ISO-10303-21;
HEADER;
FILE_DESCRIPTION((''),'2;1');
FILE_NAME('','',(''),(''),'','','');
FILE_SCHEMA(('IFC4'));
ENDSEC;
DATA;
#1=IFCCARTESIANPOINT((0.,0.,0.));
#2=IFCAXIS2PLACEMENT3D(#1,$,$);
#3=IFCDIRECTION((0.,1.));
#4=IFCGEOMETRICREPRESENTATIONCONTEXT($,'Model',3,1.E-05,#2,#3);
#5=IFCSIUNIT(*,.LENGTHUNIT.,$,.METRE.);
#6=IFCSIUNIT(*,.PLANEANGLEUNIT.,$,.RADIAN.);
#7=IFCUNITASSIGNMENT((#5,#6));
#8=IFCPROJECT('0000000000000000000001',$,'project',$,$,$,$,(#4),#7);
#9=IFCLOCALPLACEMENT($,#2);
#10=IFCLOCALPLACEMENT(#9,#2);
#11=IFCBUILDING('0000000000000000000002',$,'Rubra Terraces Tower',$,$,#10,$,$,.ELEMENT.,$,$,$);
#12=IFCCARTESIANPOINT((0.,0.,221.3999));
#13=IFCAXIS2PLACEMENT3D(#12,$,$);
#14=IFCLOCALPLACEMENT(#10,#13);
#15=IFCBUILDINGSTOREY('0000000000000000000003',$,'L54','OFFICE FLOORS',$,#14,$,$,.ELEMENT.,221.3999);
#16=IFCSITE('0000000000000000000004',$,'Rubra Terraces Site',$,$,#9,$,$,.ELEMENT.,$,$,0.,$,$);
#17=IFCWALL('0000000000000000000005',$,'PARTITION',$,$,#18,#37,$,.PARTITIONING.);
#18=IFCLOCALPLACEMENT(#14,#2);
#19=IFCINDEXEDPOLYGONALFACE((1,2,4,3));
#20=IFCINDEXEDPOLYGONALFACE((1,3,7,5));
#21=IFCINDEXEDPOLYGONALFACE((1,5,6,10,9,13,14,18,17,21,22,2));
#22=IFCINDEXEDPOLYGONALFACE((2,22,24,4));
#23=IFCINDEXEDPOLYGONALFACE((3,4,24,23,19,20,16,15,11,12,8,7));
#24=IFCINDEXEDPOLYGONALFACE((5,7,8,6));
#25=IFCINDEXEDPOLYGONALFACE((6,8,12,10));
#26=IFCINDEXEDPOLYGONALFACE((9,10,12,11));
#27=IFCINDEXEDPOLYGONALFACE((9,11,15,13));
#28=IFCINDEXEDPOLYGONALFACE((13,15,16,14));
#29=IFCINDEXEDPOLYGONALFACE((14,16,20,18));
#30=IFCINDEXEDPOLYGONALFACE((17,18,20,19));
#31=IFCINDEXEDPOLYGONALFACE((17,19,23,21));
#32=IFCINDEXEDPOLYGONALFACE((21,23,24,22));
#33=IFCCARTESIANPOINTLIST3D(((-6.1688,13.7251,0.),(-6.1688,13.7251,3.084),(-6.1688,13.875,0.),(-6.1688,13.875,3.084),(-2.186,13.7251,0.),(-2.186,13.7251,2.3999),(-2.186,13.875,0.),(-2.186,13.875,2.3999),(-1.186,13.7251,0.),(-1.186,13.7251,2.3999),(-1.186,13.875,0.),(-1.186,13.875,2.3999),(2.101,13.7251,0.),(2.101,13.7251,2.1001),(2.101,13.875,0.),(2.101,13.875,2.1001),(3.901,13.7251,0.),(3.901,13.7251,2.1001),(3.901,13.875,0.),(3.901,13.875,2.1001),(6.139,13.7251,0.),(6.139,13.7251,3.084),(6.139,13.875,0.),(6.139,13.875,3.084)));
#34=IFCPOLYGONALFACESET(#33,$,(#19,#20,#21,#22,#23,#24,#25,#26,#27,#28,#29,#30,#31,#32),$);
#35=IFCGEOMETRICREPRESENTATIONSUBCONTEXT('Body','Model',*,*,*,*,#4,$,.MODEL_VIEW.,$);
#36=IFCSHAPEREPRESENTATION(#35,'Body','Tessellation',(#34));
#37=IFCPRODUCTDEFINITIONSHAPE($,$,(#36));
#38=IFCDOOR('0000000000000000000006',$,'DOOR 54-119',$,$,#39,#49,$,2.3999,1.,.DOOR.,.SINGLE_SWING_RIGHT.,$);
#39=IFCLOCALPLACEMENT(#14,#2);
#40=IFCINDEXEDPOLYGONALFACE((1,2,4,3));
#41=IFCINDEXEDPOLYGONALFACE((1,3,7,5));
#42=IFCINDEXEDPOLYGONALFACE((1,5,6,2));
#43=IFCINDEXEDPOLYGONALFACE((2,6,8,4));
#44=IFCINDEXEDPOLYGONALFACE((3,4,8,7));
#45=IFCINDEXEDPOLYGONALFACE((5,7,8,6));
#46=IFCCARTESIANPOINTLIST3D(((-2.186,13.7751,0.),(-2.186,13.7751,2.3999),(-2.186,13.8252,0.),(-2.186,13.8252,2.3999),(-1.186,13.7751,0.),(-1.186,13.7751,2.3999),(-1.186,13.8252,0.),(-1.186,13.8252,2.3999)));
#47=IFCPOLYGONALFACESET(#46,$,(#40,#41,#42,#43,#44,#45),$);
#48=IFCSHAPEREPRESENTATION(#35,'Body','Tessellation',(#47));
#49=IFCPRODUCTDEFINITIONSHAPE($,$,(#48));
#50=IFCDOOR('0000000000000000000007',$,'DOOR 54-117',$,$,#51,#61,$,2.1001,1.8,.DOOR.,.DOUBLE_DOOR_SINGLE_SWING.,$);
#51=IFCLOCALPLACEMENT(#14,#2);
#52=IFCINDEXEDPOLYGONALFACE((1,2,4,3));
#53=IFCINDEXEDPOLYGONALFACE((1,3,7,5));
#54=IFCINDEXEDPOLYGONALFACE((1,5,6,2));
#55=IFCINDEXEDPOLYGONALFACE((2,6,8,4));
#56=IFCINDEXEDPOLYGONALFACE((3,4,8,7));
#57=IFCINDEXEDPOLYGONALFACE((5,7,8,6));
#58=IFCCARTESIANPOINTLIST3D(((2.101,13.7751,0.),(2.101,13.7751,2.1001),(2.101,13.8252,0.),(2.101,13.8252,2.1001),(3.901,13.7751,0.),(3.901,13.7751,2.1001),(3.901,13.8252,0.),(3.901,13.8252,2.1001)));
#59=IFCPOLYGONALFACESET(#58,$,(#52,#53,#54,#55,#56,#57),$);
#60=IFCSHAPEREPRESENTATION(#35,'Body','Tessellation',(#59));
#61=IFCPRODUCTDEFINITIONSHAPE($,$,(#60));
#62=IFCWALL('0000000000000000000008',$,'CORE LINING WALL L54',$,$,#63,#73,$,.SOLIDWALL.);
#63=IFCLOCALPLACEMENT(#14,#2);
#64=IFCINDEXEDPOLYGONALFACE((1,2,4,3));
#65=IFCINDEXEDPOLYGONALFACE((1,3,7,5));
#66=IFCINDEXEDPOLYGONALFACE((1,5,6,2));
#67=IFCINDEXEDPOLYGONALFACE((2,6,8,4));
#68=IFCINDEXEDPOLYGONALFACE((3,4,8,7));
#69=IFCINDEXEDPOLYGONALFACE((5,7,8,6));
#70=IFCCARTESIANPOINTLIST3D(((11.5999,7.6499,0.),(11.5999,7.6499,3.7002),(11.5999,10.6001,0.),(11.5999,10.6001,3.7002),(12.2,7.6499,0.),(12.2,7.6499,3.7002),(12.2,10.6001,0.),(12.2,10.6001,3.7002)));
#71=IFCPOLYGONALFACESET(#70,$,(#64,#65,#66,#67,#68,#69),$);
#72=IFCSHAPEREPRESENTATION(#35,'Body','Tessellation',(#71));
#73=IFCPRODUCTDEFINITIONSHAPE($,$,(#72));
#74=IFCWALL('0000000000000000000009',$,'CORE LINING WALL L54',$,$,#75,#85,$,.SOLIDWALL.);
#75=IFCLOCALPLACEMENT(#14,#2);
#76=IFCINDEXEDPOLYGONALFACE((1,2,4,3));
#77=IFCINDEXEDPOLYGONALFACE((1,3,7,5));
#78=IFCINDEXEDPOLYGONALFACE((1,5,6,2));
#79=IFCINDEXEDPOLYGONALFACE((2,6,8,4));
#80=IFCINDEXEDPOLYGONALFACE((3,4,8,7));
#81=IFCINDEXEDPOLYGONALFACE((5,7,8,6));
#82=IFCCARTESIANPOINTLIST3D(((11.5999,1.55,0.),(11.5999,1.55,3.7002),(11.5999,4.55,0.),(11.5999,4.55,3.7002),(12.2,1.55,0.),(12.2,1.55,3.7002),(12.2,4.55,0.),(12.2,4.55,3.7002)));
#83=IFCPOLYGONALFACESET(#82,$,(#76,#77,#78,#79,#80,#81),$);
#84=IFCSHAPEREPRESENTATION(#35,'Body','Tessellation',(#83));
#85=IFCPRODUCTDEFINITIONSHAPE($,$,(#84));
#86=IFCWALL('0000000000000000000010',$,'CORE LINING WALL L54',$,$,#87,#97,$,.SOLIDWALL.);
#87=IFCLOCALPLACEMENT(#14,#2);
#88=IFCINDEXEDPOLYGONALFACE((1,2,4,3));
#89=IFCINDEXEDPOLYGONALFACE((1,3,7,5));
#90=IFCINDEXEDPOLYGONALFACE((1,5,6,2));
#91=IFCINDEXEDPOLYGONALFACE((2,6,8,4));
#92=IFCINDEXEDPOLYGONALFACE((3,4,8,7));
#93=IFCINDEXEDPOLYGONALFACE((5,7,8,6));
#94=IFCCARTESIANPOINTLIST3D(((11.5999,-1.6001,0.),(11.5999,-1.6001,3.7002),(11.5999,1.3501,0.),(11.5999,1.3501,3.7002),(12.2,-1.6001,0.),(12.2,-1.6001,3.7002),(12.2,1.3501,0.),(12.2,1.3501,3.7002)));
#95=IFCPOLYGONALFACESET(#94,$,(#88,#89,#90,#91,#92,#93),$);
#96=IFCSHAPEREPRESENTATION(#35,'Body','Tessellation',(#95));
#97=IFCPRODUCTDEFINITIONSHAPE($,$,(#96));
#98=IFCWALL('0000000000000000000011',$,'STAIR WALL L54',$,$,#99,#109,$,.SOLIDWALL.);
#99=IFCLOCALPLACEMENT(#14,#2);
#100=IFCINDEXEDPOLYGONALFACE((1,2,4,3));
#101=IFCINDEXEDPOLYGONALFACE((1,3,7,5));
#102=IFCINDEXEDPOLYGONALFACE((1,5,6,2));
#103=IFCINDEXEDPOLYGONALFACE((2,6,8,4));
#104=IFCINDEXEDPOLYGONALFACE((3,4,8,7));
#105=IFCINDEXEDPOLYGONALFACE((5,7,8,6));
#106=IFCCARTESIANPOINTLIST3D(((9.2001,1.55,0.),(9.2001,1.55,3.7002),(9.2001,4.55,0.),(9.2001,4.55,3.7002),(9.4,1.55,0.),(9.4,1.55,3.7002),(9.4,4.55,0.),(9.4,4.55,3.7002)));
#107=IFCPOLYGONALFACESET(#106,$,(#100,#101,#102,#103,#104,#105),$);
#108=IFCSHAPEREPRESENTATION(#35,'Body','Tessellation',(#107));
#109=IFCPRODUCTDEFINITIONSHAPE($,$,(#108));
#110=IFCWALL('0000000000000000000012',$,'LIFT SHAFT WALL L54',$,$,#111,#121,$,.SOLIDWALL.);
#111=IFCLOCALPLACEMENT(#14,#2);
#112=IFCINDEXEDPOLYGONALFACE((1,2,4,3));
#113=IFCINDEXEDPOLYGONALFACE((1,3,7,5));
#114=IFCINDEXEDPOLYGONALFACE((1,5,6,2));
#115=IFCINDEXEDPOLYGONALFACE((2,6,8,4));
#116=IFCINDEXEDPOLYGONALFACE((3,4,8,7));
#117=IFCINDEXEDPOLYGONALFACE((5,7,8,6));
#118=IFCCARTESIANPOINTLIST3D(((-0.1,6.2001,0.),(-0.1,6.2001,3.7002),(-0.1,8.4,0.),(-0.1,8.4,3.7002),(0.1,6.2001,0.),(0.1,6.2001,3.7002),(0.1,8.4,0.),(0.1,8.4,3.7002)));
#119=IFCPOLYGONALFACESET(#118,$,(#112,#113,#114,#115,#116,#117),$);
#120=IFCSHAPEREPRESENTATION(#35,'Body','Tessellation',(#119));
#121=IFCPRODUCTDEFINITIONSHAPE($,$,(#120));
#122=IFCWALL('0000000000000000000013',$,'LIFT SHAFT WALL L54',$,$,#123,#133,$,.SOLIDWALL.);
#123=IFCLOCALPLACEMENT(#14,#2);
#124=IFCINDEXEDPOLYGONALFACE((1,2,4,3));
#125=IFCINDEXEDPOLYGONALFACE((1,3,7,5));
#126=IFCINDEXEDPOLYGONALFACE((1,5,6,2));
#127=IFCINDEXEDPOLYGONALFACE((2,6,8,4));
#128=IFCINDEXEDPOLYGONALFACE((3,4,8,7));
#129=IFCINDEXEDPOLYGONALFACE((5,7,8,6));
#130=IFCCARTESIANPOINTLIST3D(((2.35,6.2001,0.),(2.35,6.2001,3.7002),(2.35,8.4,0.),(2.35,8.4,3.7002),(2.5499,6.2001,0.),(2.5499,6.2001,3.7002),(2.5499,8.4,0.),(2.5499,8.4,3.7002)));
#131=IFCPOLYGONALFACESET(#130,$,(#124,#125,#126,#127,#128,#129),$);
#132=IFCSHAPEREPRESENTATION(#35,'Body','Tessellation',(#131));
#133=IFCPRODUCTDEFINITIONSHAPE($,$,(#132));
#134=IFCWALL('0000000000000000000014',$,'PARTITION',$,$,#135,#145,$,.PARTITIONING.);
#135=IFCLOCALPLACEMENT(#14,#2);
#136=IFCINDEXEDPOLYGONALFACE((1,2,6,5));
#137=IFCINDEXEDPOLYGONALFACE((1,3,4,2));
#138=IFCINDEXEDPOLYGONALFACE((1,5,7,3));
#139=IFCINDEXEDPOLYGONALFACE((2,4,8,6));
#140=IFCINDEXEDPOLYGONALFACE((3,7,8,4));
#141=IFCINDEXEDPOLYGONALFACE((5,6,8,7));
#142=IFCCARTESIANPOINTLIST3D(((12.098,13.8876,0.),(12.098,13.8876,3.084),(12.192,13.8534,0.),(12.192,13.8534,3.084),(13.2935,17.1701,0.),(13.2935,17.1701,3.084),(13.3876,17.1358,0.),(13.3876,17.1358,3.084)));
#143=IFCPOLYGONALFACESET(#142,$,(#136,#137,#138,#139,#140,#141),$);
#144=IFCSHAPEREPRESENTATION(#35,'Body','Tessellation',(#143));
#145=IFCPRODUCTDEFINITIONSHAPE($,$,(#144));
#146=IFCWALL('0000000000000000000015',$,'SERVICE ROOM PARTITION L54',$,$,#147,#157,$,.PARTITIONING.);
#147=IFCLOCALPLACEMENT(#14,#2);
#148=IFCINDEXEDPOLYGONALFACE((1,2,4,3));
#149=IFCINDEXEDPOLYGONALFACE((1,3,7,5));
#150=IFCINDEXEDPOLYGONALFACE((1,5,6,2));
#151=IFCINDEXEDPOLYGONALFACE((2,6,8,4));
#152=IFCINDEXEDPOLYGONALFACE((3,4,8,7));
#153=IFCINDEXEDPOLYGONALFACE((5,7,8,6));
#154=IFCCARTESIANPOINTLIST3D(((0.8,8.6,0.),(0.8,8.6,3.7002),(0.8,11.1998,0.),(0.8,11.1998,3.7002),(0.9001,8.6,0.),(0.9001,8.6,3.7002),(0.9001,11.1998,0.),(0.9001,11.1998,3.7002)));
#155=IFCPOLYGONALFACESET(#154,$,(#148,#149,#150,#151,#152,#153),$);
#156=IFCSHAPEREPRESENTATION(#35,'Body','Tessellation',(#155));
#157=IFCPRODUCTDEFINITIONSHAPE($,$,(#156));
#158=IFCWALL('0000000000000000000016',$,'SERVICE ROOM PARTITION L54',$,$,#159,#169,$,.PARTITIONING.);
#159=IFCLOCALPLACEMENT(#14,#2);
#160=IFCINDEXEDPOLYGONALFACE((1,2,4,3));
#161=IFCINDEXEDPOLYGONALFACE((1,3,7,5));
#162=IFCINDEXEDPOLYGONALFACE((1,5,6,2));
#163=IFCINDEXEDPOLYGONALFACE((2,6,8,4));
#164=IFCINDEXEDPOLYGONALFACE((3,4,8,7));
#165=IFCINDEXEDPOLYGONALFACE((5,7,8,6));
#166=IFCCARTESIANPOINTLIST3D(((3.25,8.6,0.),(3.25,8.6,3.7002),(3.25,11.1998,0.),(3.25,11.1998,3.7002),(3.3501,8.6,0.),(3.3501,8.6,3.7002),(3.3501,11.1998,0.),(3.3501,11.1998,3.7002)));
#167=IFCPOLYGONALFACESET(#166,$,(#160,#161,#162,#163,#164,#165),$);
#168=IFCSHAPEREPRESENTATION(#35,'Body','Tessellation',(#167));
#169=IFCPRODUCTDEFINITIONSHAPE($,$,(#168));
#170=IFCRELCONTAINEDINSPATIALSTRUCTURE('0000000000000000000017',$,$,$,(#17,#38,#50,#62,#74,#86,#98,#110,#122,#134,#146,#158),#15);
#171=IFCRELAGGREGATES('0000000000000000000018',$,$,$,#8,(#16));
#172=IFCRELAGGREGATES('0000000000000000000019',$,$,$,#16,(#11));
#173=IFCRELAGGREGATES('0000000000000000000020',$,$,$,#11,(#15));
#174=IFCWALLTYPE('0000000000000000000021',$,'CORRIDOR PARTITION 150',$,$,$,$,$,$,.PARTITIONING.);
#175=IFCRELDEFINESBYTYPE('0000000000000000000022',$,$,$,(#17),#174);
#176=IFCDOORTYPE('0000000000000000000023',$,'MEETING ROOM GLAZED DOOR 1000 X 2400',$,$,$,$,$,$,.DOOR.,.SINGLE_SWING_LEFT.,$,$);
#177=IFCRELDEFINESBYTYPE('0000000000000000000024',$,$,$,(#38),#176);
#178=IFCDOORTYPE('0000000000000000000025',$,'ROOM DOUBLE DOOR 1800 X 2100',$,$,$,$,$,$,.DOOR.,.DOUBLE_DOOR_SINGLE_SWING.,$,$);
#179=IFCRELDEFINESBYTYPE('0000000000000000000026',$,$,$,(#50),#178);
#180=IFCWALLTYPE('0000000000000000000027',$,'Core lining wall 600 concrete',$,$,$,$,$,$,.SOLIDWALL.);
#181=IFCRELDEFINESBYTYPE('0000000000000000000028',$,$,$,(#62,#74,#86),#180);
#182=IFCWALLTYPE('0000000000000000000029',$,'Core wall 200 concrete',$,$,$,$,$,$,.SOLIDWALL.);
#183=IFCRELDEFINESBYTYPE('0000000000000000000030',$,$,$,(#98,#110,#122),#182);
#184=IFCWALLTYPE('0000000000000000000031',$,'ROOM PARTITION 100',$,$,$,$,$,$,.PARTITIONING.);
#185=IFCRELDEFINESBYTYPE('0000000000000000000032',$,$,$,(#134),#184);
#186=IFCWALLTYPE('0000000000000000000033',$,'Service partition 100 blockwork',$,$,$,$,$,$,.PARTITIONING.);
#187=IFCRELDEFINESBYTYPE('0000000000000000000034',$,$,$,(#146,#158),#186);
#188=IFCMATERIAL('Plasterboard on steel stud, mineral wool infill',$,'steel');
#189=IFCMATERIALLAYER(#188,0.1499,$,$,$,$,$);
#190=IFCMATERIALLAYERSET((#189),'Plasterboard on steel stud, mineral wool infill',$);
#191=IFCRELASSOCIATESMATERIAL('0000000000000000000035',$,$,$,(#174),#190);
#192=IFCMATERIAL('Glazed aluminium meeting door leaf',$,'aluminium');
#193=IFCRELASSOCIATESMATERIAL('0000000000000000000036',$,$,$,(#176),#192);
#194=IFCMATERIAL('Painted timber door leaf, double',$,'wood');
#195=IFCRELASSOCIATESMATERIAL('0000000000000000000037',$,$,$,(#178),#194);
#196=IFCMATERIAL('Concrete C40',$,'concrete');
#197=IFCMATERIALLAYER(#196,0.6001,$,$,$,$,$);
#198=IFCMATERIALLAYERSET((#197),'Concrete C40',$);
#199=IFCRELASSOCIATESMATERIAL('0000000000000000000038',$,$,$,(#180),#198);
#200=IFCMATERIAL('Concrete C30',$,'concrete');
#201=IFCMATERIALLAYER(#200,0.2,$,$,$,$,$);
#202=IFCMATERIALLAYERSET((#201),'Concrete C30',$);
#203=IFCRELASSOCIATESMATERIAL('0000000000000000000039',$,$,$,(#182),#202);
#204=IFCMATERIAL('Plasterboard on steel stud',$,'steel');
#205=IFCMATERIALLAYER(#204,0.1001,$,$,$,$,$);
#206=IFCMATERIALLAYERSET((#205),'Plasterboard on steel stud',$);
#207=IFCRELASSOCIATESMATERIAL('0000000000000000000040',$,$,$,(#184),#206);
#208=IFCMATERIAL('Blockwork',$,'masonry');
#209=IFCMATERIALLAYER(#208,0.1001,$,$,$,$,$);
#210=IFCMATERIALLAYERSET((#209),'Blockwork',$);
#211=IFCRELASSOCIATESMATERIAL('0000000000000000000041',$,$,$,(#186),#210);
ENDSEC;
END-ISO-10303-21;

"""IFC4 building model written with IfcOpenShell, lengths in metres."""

from ifc_helpers import new_model, si_unit, direction, frame, frame_2d, origin, place, context, subcontext, project, spatial, rectangle, extrude, material, layer, layer_set, type_object, element, fill, save


model = new_model("IFC4")

# Units and contexts
model_context = context("Model", 3, precision=1e-05, world=origin(), true_north=direction((0.0, 1.0)))
body_context = subcontext(model_context, "Body", "Model", "MODEL_VIEW")
ifc_project = project(units=[si_unit("LENGTHUNIT", "METRE"), si_unit("PLANEANGLEUNIT", "RADIAN")], contexts=[model_context])

# Site, building, storey
site_placement = place(None, origin())
site = spatial("IfcSite", under=ifc_project, at=site_placement, Name="Rubra Terraces Site", CompositionType="ELEMENT", RefElevation=0.0)
building_placement = place(site_placement, origin())
building = spatial("IfcBuilding", under=site, at=building_placement, Name="Rubra Terraces Tower", CompositionType="ELEMENT")
storey_placement = place(building_placement, frame((0.0, 0.0, 221.3999)))
storey = spatial("IfcBuildingStorey", under=building, at=storey_placement, Name="L54", Description="OFFICE FLOORS", CompositionType="ELEMENT", Elevation=221.3999)

# Wall, openings, doors
ifc_material_1 = material(Name="Plasterboard on steel stud, mineral wool infill", Category="steel")
ifc_layer_1 = layer(ifc_material_1, 0.1499)
ifc_layer_set_1 = layer_set([ifc_layer_1], Name="Plasterboard on steel stud, mineral wool infill")
wall_type_1 = type_object("IfcWallType", Name="CORRIDOR PARTITION 150", PredefinedType="PARTITIONING", material=ifc_layer_set_1)
wall_1_placement = place(storey_placement, frame((6.1389, 13.8, 0.0), z_axis=(0.0, 0.0, 1.0), x_axis=(-1.0, 0.0, 0.0)))
wall_1 = element("IfcWall", 1, at=wall_1_placement, inside=storey, type_object=wall_type_1, Name="PARTITION", PredefinedType="PARTITIONING", context=body_context, shape_type="SweptSolid", body=[
    extrude(rectangle(XDim=12.3079, YDim=0.1499, at=frame_2d((6.1538, 0.0))), origin(), (0.0, 0.0, 1.0), 3.084),
])
opening_1_placement = place(wall_1_placement, frame((2.238, 0.0, 0.0)))
opening_1 = element("IfcOpeningElement", 2, at=opening_1_placement, cuts=wall_1, PredefinedType="OPENING", context=body_context, shape_type="SweptSolid", body=[
    extrude(rectangle(XDim=1.8, YDim=2.1001, at=frame_2d((0.8999, 1.05))), frame((0.0, 0.085, 0.0), z_axis=(0.0, -1.0, 0.0), x_axis=(1.0, 0.0, 0.0)), (0.0, 0.0, 1.0), 0.1699),
])
opening_2_placement = place(wall_1_placement, frame((7.325, 0.0, 0.0)))
opening_2 = element("IfcOpeningElement", 3, at=opening_2_placement, cuts=wall_1, PredefinedType="OPENING", context=body_context, shape_type="SweptSolid", body=[
    extrude(rectangle(XDim=1.0, YDim=2.3999, at=frame_2d((0.5, 1.2))), frame((0.0, 0.085, 0.0), z_axis=(0.0, -1.0, 0.0), x_axis=(1.0, 0.0, 0.0)), (0.0, 0.0, 1.0), 0.1699),
])
ifc_material_2 = material(Name="Glazed aluminium meeting door leaf", Category="aluminium")
door_type_1 = type_object("IfcDoorType", Name="MEETING ROOM GLAZED DOOR 1000 X 2400", OperationType="SINGLE_SWING_LEFT", PredefinedType="DOOR", material=ifc_material_2)
door_1_placement = place(opening_2_placement, origin())
door_1 = element("IfcDoor", 4, at=door_1_placement, inside=storey, type_object=door_type_1, Name="DOOR 54-119", OperationType="SINGLE_SWING_RIGHT", OverallHeight=2.3999, OverallWidth=1.0, PredefinedType="DOOR", context=body_context, shape_type="SweptSolid", body=[
    extrude(rectangle(XDim=1.0, YDim=2.3999, at=frame_2d((0.5, 1.2))), frame((0.0, 0.0249, 0.0), z_axis=(0.0, -1.0, 0.0), x_axis=(1.0, 0.0, 0.0)), (0.0, 0.0, 1.0), 0.05),
])
fill(opening_2, door_1)
ifc_material_3 = material(Name="Painted timber door leaf, double", Category="wood")
door_type_2 = type_object("IfcDoorType", Name="ROOM DOUBLE DOOR 1800 X 2100", OperationType="DOUBLE_DOOR_SINGLE_SWING", PredefinedType="DOOR", material=ifc_material_3)
door_2_placement = place(opening_1_placement, origin())
door_2 = element("IfcDoor", 5, at=door_2_placement, inside=storey, type_object=door_type_2, Name="DOOR 54-117", OperationType="DOUBLE_DOOR_SINGLE_SWING", OverallHeight=2.1001, OverallWidth=1.8, PredefinedType="DOOR", context=body_context, shape_type="SweptSolid", body=[
    extrude(rectangle(XDim=1.8, YDim=2.1001, at=frame_2d((0.8999, 1.05))), frame((0.0, 0.0249, 0.0), z_axis=(0.0, -1.0, 0.0), x_axis=(1.0, 0.0, 0.0)), (0.0, 0.0, 1.0), 0.05),
])
fill(opening_1, door_2)

# Walls
ifc_material_4 = material(Name="Concrete C40", Category="concrete")
ifc_layer_2 = layer(ifc_material_4, 0.6001)
ifc_layer_set_2 = layer_set([ifc_layer_2], Name="Concrete C40")
wall_type_2 = type_object("IfcWallType", Name="Core lining wall 600 concrete", PredefinedType="SOLIDWALL", material=ifc_layer_set_2)
wall_2_placement = place(storey_placement, frame((11.8999, 10.6001, 0.0), z_axis=(0.0, 0.0, 1.0), x_axis=(0.0, -1.0, 0.0)))
element("IfcWall", 6, at=wall_2_placement, inside=storey, type_object=wall_type_2, Name="CORE LINING WALL L54", PredefinedType="SOLIDWALL", context=body_context, shape_type="SweptSolid", body=[
    extrude(rectangle(XDim=2.9502, YDim=0.6001, at=frame_2d((1.4751, 0.0))), origin(), (0.0, 0.0, 1.0), 3.7002),
])
wall_3_placement = place(storey_placement, frame((11.8999, 4.55, 0.0), z_axis=(0.0, 0.0, 1.0), x_axis=(0.0, -1.0, 0.0)))
element("IfcWall", 7, at=wall_3_placement, inside=storey, type_object=wall_type_2, Name="CORE LINING WALL L54", PredefinedType="SOLIDWALL", context=body_context, shape_type="SweptSolid", body=[
    extrude(rectangle(XDim=3.0, YDim=0.6001, at=frame_2d((1.5, 0.0))), origin(), (0.0, 0.0, 1.0), 3.7002),
])
wall_4_placement = place(storey_placement, frame((11.8999, 1.3501, 0.0), z_axis=(0.0, 0.0, 1.0), x_axis=(0.0, -1.0, 0.0)))
element("IfcWall", 8, at=wall_4_placement, inside=storey, type_object=wall_type_2, Name="CORE LINING WALL L54", PredefinedType="SOLIDWALL", context=body_context, shape_type="SweptSolid", body=[
    extrude(rectangle(XDim=2.9502, YDim=0.6001, at=frame_2d((1.4751, 0.0))), origin(), (0.0, 0.0, 1.0), 3.7002),
])
ifc_material_5 = material(Name="Concrete C30", Category="concrete")
ifc_layer_3 = layer(ifc_material_5, 0.2)
ifc_layer_set_3 = layer_set([ifc_layer_3], Name="Concrete C30")
wall_type_3 = type_object("IfcWallType", Name="Core wall 200 concrete", PredefinedType="SOLIDWALL", material=ifc_layer_set_3)
wall_5_placement = place(storey_placement, frame((9.3, 4.55, 0.0), z_axis=(0.0, 0.0, 1.0), x_axis=(0.0, -1.0, 0.0)))
element("IfcWall", 9, at=wall_5_placement, inside=storey, type_object=wall_type_3, Name="STAIR WALL L54", PredefinedType="SOLIDWALL", context=body_context, shape_type="SweptSolid", body=[
    extrude(rectangle(XDim=3.0, YDim=0.2, at=frame_2d((1.5, 0.0))), origin(), (0.0, 0.0, 1.0), 3.7002),
])
for number, where, z_axis, x_axis, name in (
    (10, (0.0, 6.2, 0.0), (0.0, 0.0, 1.0), (0.0, 1.0, 0.0), "LIFT SHAFT WALL L54"),
    (11, (2.45, 6.2, 0.0), (0.0, 0.0, 1.0), (0.0, 1.0, 0.0), "LIFT SHAFT WALL L54"),
):
    element("IfcWall", number, at=place(storey_placement, frame(where, z_axis=z_axis, x_axis=x_axis)), inside=storey, type_object=wall_type_3, Name=name, PredefinedType="SOLIDWALL", context=body_context, shape_type="SweptSolid", body=[
        extrude(rectangle(XDim=2.2, YDim=0.2, at=frame_2d((1.1001, 0.0))), origin(), (0.0, 0.0, 1.0), 3.7002),
    ])
ifc_material_6 = material(Name="Plasterboard on steel stud", Category="steel")
ifc_layer_4 = layer(ifc_material_6, 0.1001)
ifc_layer_set_4 = layer_set([ifc_layer_4], Name="Plasterboard on steel stud")
wall_type_4 = type_object("IfcWallType", Name="ROOM PARTITION 100", PredefinedType="PARTITIONING", material=ifc_layer_set_4)
wall_6_placement = place(storey_placement, frame((12.145, 13.8706, 0.0), z_axis=(0.0, 0.0, 1.0), x_axis=(0.342231, 0.939616, 0.0)))
element("IfcWall", 12, at=wall_6_placement, inside=storey, type_object=wall_type_4, Name="PARTITION", PredefinedType="PARTITIONING", context=body_context, shape_type="SweptSolid", body=[
    extrude(rectangle(XDim=3.4934, YDim=0.1001, at=frame_2d((1.7466, 0.0))), origin(), (0.0, 0.0, 1.0), 3.084),
])
ifc_material_7 = material(Name="Blockwork", Category="masonry")
ifc_layer_5 = layer(ifc_material_7, 0.1001)
ifc_layer_set_5 = layer_set([ifc_layer_5], Name="Blockwork")
wall_type_5 = type_object("IfcWallType", Name="Service partition 100 blockwork", PredefinedType="PARTITIONING", material=ifc_layer_set_5)
for number, where, z_axis, x_axis, name in (
    (13, (0.8501, 8.6001, 0.0), (0.0, 0.0, 1.0), (0.0, 1.0, 0.0), "SERVICE ROOM PARTITION L54"),
    (14, (3.3, 8.6001, 0.0), (0.0, 0.0, 1.0), (0.0, 1.0, 0.0), "SERVICE ROOM PARTITION L54"),
):
    element("IfcWall", number, at=place(storey_placement, frame(where, z_axis=z_axis, x_axis=x_axis)), inside=storey, type_object=wall_type_5, Name=name, PredefinedType="PARTITIONING", context=body_context, shape_type="SweptSolid", body=[
        extrude(rectangle(XDim=2.5999, YDim=0.1001, at=frame_2d((1.2998, 0.0))), origin(), (0.0, 0.0, 1.0), 3.7002),
    ])

save(model, "model.ifc")
